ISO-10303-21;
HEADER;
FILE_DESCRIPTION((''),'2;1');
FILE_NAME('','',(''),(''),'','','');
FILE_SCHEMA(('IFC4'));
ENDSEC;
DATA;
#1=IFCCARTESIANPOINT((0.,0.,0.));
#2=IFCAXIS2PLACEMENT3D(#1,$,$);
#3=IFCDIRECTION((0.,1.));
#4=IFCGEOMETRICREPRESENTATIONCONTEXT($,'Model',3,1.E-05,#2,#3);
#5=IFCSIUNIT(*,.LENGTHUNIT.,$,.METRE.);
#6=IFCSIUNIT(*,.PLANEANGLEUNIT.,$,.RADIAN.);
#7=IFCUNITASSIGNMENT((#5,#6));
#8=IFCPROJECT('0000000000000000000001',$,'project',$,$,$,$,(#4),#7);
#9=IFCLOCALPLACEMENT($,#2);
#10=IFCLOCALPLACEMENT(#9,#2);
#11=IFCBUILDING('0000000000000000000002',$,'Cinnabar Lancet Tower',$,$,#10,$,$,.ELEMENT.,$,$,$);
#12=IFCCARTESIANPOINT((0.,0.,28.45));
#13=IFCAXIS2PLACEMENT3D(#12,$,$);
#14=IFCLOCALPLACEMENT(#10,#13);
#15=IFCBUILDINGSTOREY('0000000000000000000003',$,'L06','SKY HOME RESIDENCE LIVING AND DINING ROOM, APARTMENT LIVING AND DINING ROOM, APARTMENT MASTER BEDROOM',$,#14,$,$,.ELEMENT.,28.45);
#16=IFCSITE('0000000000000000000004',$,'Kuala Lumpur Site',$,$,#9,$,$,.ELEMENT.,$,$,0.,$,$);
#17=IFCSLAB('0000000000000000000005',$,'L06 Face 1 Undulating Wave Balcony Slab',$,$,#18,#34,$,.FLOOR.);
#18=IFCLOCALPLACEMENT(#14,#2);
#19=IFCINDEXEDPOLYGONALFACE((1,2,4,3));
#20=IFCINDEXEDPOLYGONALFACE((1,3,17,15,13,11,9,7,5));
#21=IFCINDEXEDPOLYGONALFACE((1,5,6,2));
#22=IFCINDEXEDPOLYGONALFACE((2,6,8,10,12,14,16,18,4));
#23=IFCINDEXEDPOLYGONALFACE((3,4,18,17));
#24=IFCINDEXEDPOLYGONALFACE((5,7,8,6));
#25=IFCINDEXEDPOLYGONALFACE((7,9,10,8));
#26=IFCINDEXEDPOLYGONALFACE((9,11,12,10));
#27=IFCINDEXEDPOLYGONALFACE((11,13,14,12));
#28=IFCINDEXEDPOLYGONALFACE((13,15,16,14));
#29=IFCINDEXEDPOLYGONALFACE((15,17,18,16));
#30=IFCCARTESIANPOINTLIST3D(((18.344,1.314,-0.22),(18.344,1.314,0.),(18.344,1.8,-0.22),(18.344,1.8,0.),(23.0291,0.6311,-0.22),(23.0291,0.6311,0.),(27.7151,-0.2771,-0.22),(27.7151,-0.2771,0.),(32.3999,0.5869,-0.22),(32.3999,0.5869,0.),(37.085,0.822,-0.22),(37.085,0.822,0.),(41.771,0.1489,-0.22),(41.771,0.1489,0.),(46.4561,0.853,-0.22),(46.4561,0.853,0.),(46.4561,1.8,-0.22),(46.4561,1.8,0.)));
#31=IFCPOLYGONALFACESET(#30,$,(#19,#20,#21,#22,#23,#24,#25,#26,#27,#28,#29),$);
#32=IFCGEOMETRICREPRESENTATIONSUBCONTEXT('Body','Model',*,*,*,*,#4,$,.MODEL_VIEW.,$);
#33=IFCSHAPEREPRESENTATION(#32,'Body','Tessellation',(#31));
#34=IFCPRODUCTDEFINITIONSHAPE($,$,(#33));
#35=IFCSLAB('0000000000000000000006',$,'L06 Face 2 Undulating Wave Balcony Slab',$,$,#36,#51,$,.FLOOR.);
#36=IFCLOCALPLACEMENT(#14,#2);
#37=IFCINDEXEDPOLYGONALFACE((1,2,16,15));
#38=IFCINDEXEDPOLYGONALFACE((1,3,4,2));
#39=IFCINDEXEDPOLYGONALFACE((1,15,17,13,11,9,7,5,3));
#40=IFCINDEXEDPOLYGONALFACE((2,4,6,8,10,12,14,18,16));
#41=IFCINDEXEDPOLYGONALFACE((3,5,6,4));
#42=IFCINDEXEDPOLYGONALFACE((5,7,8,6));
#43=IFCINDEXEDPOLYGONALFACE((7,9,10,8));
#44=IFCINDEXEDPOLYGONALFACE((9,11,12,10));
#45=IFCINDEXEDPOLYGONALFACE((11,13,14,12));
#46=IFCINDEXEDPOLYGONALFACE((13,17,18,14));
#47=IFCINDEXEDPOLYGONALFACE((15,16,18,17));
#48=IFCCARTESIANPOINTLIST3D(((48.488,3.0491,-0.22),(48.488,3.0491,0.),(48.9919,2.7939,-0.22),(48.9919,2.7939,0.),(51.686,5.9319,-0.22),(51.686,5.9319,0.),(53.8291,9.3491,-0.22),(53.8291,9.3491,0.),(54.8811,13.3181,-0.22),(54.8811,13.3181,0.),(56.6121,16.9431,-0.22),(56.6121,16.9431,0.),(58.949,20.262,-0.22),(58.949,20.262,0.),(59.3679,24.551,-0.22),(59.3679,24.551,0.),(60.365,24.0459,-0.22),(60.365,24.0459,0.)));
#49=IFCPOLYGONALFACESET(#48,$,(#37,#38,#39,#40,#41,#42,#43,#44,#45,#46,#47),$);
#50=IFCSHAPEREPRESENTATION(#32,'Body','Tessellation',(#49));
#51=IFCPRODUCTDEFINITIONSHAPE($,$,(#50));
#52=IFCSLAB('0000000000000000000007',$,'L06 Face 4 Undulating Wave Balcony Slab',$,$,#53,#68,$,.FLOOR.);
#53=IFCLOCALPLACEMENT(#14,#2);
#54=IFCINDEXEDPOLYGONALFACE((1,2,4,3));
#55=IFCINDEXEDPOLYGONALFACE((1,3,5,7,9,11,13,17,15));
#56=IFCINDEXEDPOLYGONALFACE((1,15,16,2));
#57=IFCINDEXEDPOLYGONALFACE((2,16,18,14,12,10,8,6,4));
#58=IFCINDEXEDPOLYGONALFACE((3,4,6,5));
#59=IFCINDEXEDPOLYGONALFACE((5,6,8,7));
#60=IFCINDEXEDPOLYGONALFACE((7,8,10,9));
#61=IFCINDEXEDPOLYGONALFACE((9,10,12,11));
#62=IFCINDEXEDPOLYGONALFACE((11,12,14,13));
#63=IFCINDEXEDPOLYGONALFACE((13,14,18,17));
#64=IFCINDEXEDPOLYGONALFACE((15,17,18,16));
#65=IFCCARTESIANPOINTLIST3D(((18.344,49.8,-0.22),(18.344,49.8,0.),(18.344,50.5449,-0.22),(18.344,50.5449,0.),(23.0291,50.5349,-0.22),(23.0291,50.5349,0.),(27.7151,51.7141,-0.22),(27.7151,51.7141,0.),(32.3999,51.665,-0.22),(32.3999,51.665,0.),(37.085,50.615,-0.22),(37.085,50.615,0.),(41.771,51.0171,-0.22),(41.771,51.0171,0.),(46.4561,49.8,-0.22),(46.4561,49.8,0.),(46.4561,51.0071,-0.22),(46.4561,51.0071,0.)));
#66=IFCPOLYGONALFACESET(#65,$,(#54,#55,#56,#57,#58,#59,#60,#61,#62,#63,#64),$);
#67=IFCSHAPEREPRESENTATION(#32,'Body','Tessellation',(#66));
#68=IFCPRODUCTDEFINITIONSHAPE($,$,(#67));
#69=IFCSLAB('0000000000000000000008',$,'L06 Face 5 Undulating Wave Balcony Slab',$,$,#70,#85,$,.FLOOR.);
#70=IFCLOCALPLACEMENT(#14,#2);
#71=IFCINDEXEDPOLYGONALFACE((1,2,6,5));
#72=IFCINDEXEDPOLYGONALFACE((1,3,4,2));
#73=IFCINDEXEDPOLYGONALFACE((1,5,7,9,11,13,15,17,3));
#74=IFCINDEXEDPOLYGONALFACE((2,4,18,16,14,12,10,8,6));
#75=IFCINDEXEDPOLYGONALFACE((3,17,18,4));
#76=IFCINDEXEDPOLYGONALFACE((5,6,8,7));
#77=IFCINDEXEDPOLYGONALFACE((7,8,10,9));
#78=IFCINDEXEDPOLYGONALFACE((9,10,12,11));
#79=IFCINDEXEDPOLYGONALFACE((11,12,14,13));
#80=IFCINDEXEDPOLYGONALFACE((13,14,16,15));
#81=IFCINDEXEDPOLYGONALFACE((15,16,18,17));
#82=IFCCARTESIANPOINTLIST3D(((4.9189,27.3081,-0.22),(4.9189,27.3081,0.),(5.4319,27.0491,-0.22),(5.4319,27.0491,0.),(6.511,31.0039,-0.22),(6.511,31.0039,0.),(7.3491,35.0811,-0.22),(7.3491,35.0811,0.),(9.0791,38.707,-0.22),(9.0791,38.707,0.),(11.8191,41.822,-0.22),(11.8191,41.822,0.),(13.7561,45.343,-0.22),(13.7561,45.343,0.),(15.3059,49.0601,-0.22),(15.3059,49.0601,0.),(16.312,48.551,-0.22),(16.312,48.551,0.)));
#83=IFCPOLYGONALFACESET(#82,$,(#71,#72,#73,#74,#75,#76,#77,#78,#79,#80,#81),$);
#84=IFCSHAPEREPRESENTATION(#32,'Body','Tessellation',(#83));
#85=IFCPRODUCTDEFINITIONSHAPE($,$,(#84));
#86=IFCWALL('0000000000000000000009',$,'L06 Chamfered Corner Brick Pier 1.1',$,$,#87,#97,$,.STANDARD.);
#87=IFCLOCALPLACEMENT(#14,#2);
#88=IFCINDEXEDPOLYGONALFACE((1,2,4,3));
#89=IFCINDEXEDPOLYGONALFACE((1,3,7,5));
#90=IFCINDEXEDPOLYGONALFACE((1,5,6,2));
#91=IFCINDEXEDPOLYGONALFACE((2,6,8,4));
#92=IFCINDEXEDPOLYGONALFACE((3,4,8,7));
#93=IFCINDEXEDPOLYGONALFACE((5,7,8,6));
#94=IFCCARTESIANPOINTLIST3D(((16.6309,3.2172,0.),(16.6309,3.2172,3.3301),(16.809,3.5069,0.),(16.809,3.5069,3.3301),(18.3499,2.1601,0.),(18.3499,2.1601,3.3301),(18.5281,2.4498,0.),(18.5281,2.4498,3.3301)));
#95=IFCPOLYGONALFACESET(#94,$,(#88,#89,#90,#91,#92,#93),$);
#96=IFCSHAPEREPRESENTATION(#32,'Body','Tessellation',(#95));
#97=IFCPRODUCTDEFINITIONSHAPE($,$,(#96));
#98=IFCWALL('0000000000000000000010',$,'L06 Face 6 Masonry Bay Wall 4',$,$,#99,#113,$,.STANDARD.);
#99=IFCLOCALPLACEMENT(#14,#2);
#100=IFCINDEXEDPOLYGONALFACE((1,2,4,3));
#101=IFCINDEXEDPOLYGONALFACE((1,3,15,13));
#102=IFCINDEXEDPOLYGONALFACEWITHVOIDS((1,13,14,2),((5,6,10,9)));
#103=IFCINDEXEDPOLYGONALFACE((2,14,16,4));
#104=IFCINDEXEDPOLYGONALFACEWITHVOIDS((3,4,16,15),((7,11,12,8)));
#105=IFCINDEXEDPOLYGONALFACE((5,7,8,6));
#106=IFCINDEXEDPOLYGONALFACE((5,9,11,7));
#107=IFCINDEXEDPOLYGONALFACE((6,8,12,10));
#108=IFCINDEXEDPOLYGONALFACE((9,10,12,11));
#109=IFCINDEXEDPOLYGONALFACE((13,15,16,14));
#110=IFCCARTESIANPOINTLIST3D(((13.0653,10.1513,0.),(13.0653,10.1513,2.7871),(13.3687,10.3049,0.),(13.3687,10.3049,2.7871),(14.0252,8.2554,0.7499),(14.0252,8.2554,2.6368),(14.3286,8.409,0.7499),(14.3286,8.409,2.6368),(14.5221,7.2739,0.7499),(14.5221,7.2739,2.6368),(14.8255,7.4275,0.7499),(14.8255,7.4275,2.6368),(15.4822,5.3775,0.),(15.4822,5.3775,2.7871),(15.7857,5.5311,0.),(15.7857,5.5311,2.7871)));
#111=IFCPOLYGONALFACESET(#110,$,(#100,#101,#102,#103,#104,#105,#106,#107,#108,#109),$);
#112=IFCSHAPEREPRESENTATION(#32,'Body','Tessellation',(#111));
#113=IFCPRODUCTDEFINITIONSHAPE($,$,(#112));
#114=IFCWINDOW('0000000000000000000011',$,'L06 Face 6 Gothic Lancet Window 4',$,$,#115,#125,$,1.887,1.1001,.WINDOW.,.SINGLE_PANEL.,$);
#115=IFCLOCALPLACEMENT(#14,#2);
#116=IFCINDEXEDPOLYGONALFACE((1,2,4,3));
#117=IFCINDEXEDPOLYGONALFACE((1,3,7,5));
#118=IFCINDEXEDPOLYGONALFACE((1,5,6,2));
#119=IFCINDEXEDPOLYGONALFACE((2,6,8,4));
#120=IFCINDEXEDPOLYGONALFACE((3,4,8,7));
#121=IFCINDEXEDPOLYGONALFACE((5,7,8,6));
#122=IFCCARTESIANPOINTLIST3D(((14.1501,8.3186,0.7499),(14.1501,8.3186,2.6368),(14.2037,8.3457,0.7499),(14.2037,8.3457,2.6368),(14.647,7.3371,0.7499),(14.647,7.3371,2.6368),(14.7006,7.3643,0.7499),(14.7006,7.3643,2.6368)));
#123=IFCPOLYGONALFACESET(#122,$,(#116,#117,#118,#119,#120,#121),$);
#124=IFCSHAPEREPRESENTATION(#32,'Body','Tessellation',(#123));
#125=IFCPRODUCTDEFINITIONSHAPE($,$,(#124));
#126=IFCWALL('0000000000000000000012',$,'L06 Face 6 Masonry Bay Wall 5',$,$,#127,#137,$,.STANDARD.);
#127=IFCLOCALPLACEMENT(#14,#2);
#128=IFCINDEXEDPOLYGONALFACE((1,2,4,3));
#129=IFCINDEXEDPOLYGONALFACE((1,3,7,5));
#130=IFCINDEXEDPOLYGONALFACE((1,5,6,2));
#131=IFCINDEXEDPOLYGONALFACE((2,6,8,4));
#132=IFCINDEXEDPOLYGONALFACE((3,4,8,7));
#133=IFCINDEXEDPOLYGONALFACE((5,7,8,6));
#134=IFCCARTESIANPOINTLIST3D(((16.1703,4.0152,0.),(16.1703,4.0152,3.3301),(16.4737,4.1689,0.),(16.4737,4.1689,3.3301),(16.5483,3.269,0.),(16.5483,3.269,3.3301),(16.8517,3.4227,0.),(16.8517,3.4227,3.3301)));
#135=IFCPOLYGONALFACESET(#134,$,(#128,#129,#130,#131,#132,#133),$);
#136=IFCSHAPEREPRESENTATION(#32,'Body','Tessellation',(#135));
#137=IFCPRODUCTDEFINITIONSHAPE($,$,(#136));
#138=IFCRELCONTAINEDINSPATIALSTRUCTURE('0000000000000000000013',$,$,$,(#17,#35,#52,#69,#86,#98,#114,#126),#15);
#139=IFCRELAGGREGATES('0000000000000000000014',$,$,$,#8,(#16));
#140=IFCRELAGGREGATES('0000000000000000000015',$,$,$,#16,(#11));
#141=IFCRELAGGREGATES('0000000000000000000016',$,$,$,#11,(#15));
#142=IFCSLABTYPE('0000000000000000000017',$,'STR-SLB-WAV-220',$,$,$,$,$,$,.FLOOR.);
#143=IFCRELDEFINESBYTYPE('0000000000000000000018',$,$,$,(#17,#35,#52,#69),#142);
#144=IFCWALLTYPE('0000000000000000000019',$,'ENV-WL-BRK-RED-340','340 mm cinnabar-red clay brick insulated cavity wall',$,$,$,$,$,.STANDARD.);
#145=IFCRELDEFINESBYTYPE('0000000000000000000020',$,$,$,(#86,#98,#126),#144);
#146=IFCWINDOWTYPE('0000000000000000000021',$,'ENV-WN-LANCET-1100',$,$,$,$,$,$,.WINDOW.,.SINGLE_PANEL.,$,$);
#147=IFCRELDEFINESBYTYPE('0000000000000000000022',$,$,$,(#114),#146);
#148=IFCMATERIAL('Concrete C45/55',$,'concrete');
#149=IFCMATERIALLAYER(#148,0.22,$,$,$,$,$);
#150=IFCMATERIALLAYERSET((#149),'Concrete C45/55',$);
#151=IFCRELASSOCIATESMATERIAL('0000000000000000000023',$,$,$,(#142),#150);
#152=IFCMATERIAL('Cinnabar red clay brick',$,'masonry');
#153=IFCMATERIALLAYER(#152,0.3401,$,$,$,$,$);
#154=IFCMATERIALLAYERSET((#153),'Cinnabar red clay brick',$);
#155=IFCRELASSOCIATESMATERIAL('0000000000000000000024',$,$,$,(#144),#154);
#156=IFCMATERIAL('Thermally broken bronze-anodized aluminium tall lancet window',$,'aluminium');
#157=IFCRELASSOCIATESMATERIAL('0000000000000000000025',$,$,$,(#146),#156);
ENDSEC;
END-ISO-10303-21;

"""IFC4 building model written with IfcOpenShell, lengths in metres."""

from ifc_helpers import new_model, si_unit, direction, frame, frame_2d, origin, place, context, subcontext, project, spatial, polyline, rectangle, outline, extrude, material, layer, layer_set, type_object, element, fill, save


model = new_model("IFC4")

# Units and contexts
model_context = context("Model", 3, precision=1e-05, world=origin(), true_north=direction((0.0, 1.0)))
body_context = subcontext(model_context, "Body", "Model", "MODEL_VIEW")
ifc_project = project(units=[si_unit("LENGTHUNIT", "METRE"), si_unit("PLANEANGLEUNIT", "RADIAN")], contexts=[model_context])

# Site, building, storey
site_placement = place(None, origin())
site = spatial("IfcSite", under=ifc_project, at=site_placement, Name="Kuala Lumpur Site", CompositionType="ELEMENT", RefElevation=0.0)
building_placement = place(site_placement, origin())
building = spatial("IfcBuilding", under=site, at=building_placement, Name="Cinnabar Lancet Tower", CompositionType="ELEMENT")
storey_placement = place(building_placement, frame((0.0, 0.0, 28.45)))
storey = spatial("IfcBuildingStorey", under=building, at=storey_placement, Name="L06", Description="SKY HOME RESIDENCE LIVING AND DINING ROOM, APARTMENT LIVING AND DINING ROOM, APARTMENT MASTER BEDROOM", CompositionType="ELEMENT", Elevation=28.45)

# Slabs
ifc_material_1 = material(Name="Concrete C45/55", Category="concrete")
ifc_layer_1 = layer(ifc_material_1, 0.22)
ifc_layer_set_1 = layer_set([ifc_layer_1], Name="Concrete C45/55")
slab_type_1 = type_object("IfcSlabType", Name="STR-SLB-WAV-220", PredefinedType="FLOOR", material=ifc_layer_set_1)
slab_1_placement = place(storey_placement, frame((0.0, 0.0, -0.22)))
element("IfcSlab", 1, at=slab_1_placement, inside=storey, type_object=slab_type_1, Name="L06 Face 1 Undulating Wave Balcony Slab", PredefinedType="FLOOR", context=body_context, shape_type="SweptSolid", body=[
    extrude(outline(polyline([(18.344, 1.8), (18.344, 1.314), (23.0291, 0.6311), (27.7151, -0.2771), (32.3999, 0.5869), (37.085, 0.822), (41.771, 0.1489), (46.4561, 0.853), (46.4561, 1.8), (18.344, 1.8)])), origin(), (0.0, 0.0, 1.0), 0.22),
])
slab_2_placement = place(storey_placement, frame((0.0, 0.0, -0.22)))
element("IfcSlab", 2, at=slab_2_placement, inside=storey, type_object=slab_type_1, Name="L06 Face 2 Undulating Wave Balcony Slab", PredefinedType="FLOOR", context=body_context, shape_type="SweptSolid", body=[
    extrude(outline(polyline([(48.488, 3.0491), (48.9919, 2.7939), (51.686, 5.9319), (53.8291, 9.3491), (54.8811, 13.3181), (56.6121, 16.9431), (58.949, 20.262), (60.365, 24.0459), (59.3679, 24.551), (48.488, 3.0491)])), origin(), (0.0, 0.0, 1.0), 0.22),
])
slab_3_placement = place(storey_placement, frame((0.0, 0.0, -0.22)))
element("IfcSlab", 3, at=slab_3_placement, inside=storey, type_object=slab_type_1, Name="L06 Face 4 Undulating Wave Balcony Slab", PredefinedType="FLOOR", context=body_context, shape_type="SweptSolid", body=[
    extrude(outline(polyline([(46.4561, 49.8), (46.4561, 51.0071), (41.771, 51.0171), (37.085, 50.615), (32.3999, 51.665), (27.7151, 51.7141), (23.0291, 50.5349), (18.344, 50.5449), (18.344, 49.8), (46.4561, 49.8)])), origin(), (0.0, 0.0, 1.0), 0.22),
])
slab_4_placement = place(storey_placement, frame((0.0, 0.0, -0.22)))
element("IfcSlab", 4, at=slab_4_placement, inside=storey, type_object=slab_type_1, Name="L06 Face 5 Undulating Wave Balcony Slab", PredefinedType="FLOOR", context=body_context, shape_type="SweptSolid", body=[
    extrude(outline(polyline([(16.312, 48.551), (15.3059, 49.0601), (13.7561, 45.343), (11.8191, 41.822), (9.0791, 38.707), (7.3491, 35.0811), (6.511, 31.0039), (4.9189, 27.3081), (5.4319, 27.0491), (16.312, 48.551)])), origin(), (0.0, 0.0, 1.0), 0.22),
])

# Wall
ifc_material_2 = material(Name="Cinnabar red clay brick", Category="masonry")
ifc_layer_2 = layer(ifc_material_2, 0.3401)
ifc_layer_set_2 = layer_set([ifc_layer_2], Name="Cinnabar red clay brick")
wall_type = type_object("IfcWallType", Name="ENV-WL-BRK-RED-340", Description="340 mm cinnabar-red clay brick insulated cavity wall", PredefinedType="STANDARD", material=ifc_layer_set_2)
wall_1_placement = place(storey_placement, frame((16.72, 3.3621, 0.0), z_axis=(0.0, 0.0, 1.0), x_axis=(0.851816, -0.523841, 0.0)))
element("IfcWall", 5, at=wall_1_placement, inside=storey, type_object=wall_type, Name="L06 Chamfered Corner Brick Pier 1.1", PredefinedType="STANDARD", context=body_context, shape_type="SweptSolid", body=[
    extrude(rectangle(XDim=2.0181, YDim=0.3401, at=frame_2d((1.009, 0.0))), origin(), (0.0, 0.0, 1.0), 3.3301),
])

# Wall, opening, window
wall_2_placement = place(storey_placement, frame((13.217, 10.228, 0.0), z_axis=(0.0, 0.0, 1.0), x_axis=(0.451698, -0.892171, 0.0)))
wall_2 = element("IfcWall", 6, at=wall_2_placement, inside=storey, type_object=wall_type, Name="L06 Face 6 Masonry Bay Wall 4", PredefinedType="STANDARD", context=body_context, shape_type="SweptSolid", body=[
    extrude(rectangle(XDim=5.3508, YDim=0.3401, at=frame_2d((2.6753, 0.0))), origin(), (0.0, 0.0, 1.0), 2.7871),
])
opening_placement = place(wall_2_placement, frame((2.125, 0.0, 0.75)))
opening = element("IfcOpeningElement", 7, at=opening_placement, cuts=wall_2, PredefinedType="OPENING", context=body_context, shape_type="SweptSolid", body=[
    extrude(rectangle(XDim=1.1001, YDim=1.887, at=frame_2d((0.55, 0.9434))), frame((0.0, 0.1799, 0.0), z_axis=(0.0, -1.0, 0.0), x_axis=(1.0, 0.0, 0.0)), (0.0, 0.0, 1.0), 0.3601),
])
ifc_material_3 = material(Name="Thermally broken bronze-anodized aluminium tall lancet window", Category="aluminium")
window_type = type_object("IfcWindowType", Name="ENV-WN-LANCET-1100", PartitioningType="SINGLE_PANEL", PredefinedType="WINDOW", material=ifc_material_3)
window_placement = place(opening_placement, origin())
window = element("IfcWindow", 8, at=window_placement, inside=storey, type_object=window_type, Name="L06 Face 6 Gothic Lancet Window 4", OverallHeight=1.887, OverallWidth=1.1001, PartitioningType="SINGLE_PANEL", PredefinedType="WINDOW", context=body_context, shape_type="SweptSolid", body=[
    extrude(rectangle(XDim=1.1001, YDim=1.887, at=frame_2d((0.55, 0.9434))), frame((0.0, 0.03, 0.0), z_axis=(0.0, -1.0, 0.0), x_axis=(1.0, 0.0, 0.0)), (0.0, 0.0, 1.0), 0.0601),
])
fill(opening, window)

# Wall
wall_3_placement = place(storey_placement, frame((16.322, 4.092, 0.0), z_axis=(0.0, 0.0, 1.0), x_axis=(0.451878, -0.89208, 0.0)))
element("IfcWall", 9, at=wall_3_placement, inside=storey, type_object=wall_type, Name="L06 Face 6 Masonry Bay Wall 5", PredefinedType="STANDARD", context=body_context, shape_type="SweptSolid", body=[
    extrude(rectangle(XDim=0.8364, YDim=0.3401, at=frame_2d((0.4182, 0.0))), origin(), (0.0, 0.0, 1.0), 3.3301),
])

save(model, "model.ifc")
